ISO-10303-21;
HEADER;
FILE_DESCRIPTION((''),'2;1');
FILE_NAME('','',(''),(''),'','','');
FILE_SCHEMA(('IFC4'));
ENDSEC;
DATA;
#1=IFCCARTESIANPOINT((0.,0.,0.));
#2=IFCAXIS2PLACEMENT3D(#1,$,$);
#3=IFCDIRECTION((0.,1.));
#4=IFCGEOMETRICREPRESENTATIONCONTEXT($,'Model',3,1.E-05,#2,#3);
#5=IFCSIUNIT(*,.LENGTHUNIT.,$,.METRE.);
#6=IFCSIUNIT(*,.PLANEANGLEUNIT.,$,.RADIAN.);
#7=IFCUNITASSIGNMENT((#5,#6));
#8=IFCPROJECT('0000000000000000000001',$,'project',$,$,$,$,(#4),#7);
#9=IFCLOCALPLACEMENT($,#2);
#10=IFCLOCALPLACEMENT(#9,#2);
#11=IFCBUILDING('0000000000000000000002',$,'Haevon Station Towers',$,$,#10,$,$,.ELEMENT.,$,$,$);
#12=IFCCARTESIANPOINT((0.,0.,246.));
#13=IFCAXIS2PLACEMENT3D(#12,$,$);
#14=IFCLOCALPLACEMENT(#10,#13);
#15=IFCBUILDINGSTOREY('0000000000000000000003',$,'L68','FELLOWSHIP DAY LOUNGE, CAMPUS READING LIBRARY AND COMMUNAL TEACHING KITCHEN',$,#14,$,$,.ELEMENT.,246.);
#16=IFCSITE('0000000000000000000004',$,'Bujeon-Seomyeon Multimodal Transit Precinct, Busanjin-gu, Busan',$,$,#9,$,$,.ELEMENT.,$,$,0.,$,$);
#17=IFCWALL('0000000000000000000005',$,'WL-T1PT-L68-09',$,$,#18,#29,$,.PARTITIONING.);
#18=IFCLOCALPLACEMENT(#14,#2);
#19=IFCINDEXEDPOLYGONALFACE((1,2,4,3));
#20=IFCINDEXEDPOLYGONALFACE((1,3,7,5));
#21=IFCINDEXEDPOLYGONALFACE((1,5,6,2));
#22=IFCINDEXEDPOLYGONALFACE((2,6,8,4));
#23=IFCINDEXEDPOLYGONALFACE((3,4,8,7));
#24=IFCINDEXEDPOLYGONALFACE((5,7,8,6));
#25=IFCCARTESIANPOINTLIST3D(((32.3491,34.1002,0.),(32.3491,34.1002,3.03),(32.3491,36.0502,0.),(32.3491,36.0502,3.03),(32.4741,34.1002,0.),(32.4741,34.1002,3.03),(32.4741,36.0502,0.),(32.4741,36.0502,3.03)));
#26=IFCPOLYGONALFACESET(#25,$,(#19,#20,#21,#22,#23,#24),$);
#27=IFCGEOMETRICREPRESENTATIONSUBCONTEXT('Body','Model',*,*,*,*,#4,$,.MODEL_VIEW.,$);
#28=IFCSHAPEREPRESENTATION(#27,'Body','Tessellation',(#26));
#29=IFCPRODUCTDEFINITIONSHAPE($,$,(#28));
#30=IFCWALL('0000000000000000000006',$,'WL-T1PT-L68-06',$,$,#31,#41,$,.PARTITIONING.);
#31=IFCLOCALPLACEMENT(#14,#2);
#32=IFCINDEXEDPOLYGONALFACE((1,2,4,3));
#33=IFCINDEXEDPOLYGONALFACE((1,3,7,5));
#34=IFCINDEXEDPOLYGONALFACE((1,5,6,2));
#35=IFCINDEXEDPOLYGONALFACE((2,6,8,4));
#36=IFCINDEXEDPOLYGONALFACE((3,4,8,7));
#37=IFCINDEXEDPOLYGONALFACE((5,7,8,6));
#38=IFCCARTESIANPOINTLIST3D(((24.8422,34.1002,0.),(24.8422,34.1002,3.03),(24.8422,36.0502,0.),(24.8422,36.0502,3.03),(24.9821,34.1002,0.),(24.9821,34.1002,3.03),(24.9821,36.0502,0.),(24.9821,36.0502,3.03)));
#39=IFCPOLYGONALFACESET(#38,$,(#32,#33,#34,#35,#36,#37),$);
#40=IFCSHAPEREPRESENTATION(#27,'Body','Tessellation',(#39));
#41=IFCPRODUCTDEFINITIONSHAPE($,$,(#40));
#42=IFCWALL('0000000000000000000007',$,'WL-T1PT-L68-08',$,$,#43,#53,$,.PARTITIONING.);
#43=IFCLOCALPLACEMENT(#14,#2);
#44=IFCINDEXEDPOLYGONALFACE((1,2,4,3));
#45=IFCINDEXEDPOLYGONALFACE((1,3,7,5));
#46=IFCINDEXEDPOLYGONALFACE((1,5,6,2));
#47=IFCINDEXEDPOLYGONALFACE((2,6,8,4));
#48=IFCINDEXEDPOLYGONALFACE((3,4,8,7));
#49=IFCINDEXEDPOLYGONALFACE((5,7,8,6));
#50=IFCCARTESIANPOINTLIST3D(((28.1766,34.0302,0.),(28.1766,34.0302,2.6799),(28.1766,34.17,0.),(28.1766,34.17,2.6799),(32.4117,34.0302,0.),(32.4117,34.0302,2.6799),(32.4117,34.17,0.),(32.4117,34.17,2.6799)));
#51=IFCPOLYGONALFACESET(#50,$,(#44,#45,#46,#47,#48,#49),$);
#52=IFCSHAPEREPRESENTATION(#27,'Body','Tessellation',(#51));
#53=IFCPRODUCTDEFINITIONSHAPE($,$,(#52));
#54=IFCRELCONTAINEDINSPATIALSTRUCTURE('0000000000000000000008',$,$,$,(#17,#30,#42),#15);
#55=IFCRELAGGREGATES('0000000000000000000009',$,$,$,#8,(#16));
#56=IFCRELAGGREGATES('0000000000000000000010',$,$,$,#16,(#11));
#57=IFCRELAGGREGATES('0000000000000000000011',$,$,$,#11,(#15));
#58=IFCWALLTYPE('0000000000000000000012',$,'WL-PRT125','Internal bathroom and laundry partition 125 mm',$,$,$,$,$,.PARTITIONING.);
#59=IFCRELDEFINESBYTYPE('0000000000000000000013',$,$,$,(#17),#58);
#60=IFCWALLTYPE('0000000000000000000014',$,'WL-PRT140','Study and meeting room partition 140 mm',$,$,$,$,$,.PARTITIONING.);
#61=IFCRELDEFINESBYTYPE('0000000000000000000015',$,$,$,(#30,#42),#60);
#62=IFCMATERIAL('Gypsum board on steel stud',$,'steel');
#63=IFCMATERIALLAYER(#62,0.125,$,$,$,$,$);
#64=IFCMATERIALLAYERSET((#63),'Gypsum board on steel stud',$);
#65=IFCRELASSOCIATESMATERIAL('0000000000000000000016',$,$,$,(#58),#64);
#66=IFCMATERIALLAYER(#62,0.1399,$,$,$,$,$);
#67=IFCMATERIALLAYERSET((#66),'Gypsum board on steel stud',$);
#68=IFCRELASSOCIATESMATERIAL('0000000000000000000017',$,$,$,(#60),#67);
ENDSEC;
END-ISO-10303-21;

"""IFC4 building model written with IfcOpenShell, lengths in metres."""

from ifc_helpers import new_model, si_unit, direction, frame, frame_2d, origin, place, context, subcontext, project, spatial, rectangle, extrude, material, layer, layer_set, type_object, element, save


model = new_model("IFC4")

# Units and contexts
model_context = context("Model", 3, precision=1e-05, world=origin(), true_north=direction((0.0, 1.0)))
body_context = subcontext(model_context, "Body", "Model", "MODEL_VIEW")
ifc_project = project(units=[si_unit("LENGTHUNIT", "METRE"), si_unit("PLANEANGLEUNIT", "RADIAN")], contexts=[model_context])

# Site, building, storey
site_placement = place(None, origin())
site = spatial("IfcSite", under=ifc_project, at=site_placement, Name="Bujeon-Seomyeon Multimodal Transit Precinct, Busanjin-gu, Busan", CompositionType="ELEMENT", RefElevation=0.0)
building_placement = place(site_placement, origin())
building = spatial("IfcBuilding", under=site, at=building_placement, Name="Haevon Station Towers", CompositionType="ELEMENT")
storey_placement = place(building_placement, frame((0.0, 0.0, 246.0)))
storey = spatial("IfcBuildingStorey", under=building, at=storey_placement, Name="L68", Description="FELLOWSHIP DAY LOUNGE, CAMPUS READING LIBRARY AND COMMUNAL TEACHING KITCHEN", CompositionType="ELEMENT", Elevation=246.0)

# Walls
ifc_material_1 = material(Name="Gypsum board on steel stud", Category="steel")
ifc_layer_1 = layer(ifc_material_1, 0.125)
ifc_layer_set_1 = layer_set([ifc_layer_1], Name="Gypsum board on steel stud")
wall_type_1 = type_object("IfcWallType", Name="WL-PRT125", Description="Internal bathroom and laundry partition 125 mm", PredefinedType="PARTITIONING", material=ifc_layer_set_1)
wall_1_placement = place(storey_placement, frame((32.4116, 34.1001, 0.0), z_axis=(0.0, 0.0, 1.0), x_axis=(0.0, 1.0, 0.0)))
element("IfcWall", 1, at=wall_1_placement, inside=storey, type_object=wall_type_1, Name="WL-T1PT-L68-09", PredefinedType="PARTITIONING", context=body_context, shape_type="SweptSolid", body=[
    extrude(rectangle(XDim=1.95, YDim=0.125, at=frame_2d((0.9751, 0.0))), origin(), (0.0, 0.0, 1.0), 3.03),
])
ifc_layer_2 = layer(ifc_material_1, 0.1399)
ifc_layer_set_2 = layer_set([ifc_layer_2], Name="Gypsum board on steel stud")
wall_type_2 = type_object("IfcWallType", Name="WL-PRT140", Description="Study and meeting room partition 140 mm", PredefinedType="PARTITIONING", material=ifc_layer_set_2)
wall_2_placement = place(storey_placement, frame((24.9121, 34.1001, 0.0), z_axis=(0.0, 0.0, 1.0), x_axis=(0.0, 1.0, 0.0)))
element("IfcWall", 2, at=wall_2_placement, inside=storey, type_object=wall_type_2, Name="WL-T1PT-L68-06", PredefinedType="PARTITIONING", context=body_context, shape_type="SweptSolid", body=[
    extrude(rectangle(XDim=1.95, YDim=0.1399, at=frame_2d((0.9751, 0.0))), origin(), (0.0, 0.0, 1.0), 3.03),
])
wall_3_placement = place(storey_placement, frame((28.1765, 34.1001, 0.0), z_axis=(0.0, 0.0, 1.0), x_axis=(1.0, 0.0, 0.0)))
element("IfcWall", 3, at=wall_3_placement, inside=storey, type_object=wall_type_2, Name="WL-T1PT-L68-08", PredefinedType="PARTITIONING", context=body_context, shape_type="SweptSolid", body=[
    extrude(rectangle(XDim=4.2351, YDim=0.1399, at=frame_2d((2.1177, 0.0))), origin(), (0.0, 0.0, 1.0), 2.6799),
])

save(model, "model.ifc")
